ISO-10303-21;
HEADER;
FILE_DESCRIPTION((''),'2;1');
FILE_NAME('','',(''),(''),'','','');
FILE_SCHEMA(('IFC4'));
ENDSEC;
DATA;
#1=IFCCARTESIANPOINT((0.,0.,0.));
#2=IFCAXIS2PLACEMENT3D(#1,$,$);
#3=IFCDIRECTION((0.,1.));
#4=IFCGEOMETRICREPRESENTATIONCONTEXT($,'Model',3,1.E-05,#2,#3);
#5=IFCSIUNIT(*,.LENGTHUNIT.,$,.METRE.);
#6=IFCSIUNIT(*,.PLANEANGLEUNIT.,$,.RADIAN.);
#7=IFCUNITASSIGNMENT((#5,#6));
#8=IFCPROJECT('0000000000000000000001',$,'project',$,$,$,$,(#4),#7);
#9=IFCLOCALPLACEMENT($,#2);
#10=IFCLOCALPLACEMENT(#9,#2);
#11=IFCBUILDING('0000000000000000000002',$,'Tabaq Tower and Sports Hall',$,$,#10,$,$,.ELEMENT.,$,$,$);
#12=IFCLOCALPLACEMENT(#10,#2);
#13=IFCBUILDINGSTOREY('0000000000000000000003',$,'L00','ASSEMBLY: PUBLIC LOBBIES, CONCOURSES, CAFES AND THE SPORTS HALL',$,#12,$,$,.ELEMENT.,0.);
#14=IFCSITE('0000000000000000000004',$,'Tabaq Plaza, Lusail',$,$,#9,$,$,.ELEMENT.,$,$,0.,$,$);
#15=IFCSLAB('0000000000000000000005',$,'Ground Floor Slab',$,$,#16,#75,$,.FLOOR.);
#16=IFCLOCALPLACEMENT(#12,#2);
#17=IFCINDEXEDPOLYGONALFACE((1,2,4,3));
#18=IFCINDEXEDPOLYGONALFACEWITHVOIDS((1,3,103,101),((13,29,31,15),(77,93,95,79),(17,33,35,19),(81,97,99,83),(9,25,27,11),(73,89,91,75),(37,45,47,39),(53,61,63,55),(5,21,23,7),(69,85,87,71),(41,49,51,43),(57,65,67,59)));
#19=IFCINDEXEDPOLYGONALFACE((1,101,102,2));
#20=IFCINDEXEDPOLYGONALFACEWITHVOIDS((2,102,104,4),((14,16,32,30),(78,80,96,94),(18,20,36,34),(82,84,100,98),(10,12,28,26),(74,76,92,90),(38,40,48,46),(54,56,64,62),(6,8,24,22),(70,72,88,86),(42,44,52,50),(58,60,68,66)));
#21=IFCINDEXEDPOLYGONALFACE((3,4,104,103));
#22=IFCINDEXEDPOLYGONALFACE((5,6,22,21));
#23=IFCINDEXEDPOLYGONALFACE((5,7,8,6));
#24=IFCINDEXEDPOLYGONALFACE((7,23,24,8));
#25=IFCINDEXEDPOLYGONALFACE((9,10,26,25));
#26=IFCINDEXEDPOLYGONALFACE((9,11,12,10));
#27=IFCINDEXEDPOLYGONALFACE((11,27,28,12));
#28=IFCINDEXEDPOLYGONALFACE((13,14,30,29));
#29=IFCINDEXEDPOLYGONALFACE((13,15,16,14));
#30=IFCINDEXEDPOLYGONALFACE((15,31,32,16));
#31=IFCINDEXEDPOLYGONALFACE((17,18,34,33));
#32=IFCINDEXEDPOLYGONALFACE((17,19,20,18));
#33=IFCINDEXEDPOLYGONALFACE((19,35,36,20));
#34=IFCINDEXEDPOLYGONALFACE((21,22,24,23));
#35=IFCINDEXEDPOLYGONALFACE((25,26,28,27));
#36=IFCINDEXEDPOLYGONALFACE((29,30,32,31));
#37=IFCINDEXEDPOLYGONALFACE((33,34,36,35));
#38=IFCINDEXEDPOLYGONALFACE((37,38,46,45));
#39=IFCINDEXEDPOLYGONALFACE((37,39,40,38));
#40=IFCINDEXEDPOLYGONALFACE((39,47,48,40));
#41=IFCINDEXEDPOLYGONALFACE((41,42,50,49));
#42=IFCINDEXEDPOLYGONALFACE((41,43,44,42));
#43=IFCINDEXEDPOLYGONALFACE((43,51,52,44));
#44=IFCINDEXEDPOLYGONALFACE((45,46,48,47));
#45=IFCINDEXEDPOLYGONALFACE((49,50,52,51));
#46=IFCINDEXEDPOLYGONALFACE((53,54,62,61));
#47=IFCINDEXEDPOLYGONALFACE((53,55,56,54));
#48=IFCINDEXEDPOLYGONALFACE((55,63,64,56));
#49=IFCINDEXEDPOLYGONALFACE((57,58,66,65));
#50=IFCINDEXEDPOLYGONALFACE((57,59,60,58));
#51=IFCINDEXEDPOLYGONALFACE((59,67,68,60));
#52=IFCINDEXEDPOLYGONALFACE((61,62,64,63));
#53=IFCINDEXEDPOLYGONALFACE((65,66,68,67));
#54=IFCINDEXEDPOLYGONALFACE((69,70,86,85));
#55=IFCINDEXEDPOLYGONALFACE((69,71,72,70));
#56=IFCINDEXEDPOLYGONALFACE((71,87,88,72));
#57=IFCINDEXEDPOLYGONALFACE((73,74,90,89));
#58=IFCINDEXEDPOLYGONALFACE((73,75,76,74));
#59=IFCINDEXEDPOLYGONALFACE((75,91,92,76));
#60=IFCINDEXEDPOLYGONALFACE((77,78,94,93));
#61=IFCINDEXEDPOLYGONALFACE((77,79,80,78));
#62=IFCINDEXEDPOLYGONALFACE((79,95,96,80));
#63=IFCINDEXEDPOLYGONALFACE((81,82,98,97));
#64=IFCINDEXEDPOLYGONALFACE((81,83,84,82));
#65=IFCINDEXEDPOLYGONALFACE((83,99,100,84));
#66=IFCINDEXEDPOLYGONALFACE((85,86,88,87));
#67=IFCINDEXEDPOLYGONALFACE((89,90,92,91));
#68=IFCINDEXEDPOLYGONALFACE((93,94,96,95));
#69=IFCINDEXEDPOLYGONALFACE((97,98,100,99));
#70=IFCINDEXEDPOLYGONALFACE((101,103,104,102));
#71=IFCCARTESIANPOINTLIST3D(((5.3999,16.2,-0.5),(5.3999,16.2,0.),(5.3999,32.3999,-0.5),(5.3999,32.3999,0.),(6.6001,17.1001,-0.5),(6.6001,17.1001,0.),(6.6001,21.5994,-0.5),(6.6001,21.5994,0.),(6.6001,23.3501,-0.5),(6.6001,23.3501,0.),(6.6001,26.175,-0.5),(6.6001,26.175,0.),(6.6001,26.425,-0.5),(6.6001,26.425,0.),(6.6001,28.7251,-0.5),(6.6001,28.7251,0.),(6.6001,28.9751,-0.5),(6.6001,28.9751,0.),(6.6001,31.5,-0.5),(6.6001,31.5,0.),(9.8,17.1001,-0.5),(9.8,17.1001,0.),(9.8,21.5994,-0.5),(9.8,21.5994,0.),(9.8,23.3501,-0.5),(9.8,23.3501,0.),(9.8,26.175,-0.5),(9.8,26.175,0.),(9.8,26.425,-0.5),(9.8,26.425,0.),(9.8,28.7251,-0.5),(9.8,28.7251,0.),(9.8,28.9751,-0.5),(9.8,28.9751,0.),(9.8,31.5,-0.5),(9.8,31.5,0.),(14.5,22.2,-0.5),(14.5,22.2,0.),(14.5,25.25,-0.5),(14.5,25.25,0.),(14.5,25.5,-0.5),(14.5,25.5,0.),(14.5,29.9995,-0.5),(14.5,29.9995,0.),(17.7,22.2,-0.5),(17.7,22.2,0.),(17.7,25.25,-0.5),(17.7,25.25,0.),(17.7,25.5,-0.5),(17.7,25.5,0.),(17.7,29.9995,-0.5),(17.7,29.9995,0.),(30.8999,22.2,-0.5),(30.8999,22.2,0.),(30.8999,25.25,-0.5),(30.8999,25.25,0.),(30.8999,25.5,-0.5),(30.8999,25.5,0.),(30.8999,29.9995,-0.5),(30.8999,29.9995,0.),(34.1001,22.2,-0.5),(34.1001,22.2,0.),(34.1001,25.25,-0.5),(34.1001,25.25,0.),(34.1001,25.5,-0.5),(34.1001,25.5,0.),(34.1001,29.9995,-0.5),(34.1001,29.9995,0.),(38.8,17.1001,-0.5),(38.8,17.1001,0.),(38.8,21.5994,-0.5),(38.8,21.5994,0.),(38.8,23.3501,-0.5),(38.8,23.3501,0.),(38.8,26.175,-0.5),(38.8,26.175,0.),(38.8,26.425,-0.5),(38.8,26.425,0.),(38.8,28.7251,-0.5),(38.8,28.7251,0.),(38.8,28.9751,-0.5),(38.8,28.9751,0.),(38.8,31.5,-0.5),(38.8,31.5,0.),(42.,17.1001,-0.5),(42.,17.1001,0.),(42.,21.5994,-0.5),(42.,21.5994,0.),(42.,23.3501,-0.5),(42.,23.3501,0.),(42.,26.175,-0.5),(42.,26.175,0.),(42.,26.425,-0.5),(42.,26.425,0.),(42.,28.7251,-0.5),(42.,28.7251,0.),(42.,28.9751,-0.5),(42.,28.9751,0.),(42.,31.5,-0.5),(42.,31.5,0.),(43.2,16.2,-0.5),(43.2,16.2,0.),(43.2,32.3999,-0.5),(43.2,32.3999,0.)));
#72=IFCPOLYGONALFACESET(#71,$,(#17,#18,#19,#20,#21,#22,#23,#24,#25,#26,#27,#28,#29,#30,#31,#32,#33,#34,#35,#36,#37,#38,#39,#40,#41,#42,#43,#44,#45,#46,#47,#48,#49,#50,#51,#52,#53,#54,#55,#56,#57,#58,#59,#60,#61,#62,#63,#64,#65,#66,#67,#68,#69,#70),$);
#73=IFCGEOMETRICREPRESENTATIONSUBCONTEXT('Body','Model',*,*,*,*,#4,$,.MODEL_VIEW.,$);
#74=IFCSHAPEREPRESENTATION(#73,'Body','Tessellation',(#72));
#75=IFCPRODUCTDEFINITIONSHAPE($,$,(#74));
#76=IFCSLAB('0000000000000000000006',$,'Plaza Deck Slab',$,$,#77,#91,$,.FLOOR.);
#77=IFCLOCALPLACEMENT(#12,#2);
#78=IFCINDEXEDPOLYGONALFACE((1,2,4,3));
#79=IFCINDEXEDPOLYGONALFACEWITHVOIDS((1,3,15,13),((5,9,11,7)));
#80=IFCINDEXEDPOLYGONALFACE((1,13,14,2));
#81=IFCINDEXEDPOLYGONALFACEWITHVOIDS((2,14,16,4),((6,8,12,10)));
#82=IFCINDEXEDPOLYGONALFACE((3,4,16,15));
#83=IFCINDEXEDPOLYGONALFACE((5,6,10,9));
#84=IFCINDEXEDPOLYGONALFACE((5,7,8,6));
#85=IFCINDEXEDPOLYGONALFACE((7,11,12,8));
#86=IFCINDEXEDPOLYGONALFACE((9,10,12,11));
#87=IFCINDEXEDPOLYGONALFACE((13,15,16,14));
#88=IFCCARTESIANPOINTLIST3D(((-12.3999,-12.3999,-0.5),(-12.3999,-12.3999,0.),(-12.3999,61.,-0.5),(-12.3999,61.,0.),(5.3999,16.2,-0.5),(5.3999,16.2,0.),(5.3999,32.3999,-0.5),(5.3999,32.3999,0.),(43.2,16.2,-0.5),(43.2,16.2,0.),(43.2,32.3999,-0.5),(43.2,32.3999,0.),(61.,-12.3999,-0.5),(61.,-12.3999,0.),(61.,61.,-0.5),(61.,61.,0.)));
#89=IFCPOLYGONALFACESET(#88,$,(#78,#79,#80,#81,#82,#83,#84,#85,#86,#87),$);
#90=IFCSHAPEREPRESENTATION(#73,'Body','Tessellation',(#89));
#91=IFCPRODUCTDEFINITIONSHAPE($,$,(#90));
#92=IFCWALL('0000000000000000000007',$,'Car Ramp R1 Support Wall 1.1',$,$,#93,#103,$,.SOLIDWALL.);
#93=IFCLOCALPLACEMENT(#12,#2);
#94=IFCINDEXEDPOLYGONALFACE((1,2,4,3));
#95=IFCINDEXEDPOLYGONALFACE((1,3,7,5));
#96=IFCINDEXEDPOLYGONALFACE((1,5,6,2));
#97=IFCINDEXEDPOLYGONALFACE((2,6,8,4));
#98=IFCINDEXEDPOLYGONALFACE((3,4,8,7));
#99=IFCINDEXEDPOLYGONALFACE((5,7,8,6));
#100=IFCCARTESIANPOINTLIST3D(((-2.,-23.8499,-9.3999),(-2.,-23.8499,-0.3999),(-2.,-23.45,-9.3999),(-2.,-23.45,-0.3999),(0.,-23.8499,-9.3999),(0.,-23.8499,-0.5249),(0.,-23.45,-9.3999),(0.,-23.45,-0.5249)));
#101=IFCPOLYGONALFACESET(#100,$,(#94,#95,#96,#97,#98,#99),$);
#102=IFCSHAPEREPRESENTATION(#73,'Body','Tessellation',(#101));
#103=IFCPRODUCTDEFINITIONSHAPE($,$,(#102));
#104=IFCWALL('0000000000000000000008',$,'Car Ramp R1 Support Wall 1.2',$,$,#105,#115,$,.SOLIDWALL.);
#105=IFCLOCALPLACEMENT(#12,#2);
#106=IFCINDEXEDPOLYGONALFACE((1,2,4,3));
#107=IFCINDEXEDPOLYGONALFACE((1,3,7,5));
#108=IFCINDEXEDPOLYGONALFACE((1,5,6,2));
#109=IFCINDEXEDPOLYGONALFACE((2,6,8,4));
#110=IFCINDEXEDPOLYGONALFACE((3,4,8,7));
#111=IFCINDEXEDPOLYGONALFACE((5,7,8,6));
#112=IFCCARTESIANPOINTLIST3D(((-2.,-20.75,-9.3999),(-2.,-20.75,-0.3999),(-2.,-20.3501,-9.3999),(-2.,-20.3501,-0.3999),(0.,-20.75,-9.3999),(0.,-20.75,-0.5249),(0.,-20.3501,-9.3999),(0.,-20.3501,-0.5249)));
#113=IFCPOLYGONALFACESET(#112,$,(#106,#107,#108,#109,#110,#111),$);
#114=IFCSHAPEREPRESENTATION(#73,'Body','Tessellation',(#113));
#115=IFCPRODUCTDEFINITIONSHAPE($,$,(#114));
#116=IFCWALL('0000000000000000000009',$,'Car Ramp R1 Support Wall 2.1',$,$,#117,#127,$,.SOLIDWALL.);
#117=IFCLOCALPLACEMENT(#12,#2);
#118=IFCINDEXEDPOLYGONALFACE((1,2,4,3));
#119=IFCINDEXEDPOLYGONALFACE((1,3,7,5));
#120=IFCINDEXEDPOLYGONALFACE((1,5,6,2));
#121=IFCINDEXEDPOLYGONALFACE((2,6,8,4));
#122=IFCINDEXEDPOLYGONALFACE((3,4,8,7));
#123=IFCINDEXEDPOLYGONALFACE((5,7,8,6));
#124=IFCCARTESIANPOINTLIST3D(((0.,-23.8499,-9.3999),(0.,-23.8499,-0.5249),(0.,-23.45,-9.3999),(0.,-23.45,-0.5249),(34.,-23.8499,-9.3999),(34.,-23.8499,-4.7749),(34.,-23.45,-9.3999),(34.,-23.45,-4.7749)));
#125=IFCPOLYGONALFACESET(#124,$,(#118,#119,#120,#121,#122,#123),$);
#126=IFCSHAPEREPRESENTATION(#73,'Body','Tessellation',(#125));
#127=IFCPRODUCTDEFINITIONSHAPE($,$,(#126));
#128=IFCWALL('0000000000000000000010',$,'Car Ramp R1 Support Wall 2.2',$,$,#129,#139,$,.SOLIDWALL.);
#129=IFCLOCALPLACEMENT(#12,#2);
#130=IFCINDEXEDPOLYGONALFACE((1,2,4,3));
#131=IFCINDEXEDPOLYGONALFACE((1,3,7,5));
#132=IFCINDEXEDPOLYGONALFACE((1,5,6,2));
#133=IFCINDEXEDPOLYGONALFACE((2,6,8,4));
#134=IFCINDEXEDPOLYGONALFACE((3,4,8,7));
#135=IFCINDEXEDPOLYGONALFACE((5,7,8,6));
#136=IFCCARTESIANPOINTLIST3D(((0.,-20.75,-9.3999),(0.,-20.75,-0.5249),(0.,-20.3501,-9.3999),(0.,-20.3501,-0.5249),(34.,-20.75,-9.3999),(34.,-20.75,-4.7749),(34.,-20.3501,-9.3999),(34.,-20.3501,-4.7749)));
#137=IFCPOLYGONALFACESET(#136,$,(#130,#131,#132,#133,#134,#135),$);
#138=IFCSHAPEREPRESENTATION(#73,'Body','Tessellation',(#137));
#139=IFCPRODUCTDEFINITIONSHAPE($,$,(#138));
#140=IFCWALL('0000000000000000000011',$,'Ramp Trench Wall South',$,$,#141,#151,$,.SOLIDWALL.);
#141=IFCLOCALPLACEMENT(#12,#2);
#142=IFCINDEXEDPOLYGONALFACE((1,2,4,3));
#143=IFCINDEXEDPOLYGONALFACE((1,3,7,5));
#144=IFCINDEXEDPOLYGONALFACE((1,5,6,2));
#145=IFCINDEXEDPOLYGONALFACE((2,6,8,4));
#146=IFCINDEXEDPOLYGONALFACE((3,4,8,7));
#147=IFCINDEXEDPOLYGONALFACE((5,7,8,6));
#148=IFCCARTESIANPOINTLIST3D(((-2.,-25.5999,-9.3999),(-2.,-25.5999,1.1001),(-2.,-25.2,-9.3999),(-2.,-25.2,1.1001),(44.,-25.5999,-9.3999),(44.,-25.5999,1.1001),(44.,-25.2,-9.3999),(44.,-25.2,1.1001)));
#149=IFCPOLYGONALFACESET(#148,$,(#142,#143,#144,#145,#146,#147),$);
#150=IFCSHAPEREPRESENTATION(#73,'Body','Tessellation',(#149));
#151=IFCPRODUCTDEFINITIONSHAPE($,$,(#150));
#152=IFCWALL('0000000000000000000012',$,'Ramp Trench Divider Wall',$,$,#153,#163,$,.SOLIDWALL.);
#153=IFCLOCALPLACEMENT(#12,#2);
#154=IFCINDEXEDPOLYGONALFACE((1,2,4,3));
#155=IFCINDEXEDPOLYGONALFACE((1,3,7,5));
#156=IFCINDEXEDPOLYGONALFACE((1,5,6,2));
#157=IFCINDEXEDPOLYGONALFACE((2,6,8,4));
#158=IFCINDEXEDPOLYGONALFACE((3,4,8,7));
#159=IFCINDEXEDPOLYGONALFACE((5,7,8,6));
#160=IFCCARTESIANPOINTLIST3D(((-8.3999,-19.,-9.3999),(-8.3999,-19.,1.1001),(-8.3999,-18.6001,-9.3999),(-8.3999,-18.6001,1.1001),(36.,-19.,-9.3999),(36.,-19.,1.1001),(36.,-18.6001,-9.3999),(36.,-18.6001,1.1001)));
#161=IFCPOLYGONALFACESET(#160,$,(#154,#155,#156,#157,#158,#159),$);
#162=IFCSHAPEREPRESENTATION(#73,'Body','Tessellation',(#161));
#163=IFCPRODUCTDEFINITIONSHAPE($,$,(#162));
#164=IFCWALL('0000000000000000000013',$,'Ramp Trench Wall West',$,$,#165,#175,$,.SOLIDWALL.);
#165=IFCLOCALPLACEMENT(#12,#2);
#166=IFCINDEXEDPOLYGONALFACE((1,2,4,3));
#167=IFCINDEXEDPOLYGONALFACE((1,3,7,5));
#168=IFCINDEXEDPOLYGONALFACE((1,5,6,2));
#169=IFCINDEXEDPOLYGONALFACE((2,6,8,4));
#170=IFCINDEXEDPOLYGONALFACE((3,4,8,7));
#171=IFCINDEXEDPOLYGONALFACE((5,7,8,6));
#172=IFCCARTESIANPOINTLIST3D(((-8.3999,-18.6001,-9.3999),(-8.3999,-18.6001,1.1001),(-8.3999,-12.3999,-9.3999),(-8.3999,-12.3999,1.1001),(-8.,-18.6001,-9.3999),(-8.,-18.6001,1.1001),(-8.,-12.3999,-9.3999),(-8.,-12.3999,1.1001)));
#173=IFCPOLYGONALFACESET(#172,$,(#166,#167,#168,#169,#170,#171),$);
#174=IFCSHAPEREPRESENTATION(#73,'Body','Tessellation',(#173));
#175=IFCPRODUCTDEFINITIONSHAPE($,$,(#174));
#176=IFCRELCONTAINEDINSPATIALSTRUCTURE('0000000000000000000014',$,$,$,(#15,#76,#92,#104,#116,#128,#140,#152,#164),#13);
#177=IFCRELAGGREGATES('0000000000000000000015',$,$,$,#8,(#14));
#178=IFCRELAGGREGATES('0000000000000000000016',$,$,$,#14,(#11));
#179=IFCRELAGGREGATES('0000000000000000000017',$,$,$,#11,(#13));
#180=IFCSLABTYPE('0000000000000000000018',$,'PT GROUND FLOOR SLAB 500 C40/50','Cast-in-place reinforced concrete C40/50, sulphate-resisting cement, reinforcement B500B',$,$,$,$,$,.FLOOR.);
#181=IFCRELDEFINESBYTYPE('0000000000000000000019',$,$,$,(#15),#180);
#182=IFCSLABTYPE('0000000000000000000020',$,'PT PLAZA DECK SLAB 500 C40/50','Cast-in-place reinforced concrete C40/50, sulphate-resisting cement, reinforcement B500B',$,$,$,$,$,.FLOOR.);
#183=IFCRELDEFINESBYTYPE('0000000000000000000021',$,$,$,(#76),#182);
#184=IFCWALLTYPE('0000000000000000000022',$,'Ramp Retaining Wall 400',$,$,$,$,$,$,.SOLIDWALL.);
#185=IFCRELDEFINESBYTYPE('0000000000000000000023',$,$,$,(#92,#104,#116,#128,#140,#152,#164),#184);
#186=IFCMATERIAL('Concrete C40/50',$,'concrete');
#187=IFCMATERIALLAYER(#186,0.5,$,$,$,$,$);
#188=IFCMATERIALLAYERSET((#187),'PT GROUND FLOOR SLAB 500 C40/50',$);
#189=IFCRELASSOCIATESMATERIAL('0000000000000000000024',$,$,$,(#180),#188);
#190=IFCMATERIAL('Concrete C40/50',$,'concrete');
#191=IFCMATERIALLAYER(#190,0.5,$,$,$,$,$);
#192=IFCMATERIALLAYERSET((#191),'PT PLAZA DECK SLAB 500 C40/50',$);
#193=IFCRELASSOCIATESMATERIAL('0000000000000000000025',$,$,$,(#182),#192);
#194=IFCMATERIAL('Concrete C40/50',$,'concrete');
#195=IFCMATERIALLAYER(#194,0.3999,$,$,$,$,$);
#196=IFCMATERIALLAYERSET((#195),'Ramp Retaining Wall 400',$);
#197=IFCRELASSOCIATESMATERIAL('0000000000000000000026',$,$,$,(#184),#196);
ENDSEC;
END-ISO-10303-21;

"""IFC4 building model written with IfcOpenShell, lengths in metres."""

from ifc_helpers import new_model, si_unit, direction, frame, frame_2d, origin, place, context, subcontext, project, spatial, polyline, rectangle, outline, extrude, material, layer, layer_set, type_object, element, save


model = new_model("IFC4")

# Units and contexts
model_context = context("Model", 3, precision=1e-05, world=origin(), true_north=direction((0.0, 1.0)))
body_context = subcontext(model_context, "Body", "Model", "MODEL_VIEW")
ifc_project = project(units=[si_unit("LENGTHUNIT", "METRE"), si_unit("PLANEANGLEUNIT", "RADIAN")], contexts=[model_context])

# Site, building, storey
site_placement = place(None, origin())
site = spatial("IfcSite", under=ifc_project, at=site_placement, Name="Tabaq Plaza, Lusail", CompositionType="ELEMENT", RefElevation=0.0)
building_placement = place(site_placement, origin())
building = spatial("IfcBuilding", under=site, at=building_placement, Name="Tabaq Tower and Sports Hall", CompositionType="ELEMENT")
storey_placement = place(building_placement, origin())
storey = spatial("IfcBuildingStorey", under=building, at=storey_placement, Name="L00", Description="ASSEMBLY: PUBLIC LOBBIES, CONCOURSES, CAFES AND THE SPORTS HALL", CompositionType="ELEMENT", Elevation=0.0)

# Slabs
ifc_material_1 = material(Name="Concrete C40/50", Category="concrete")
ifc_layer_1 = layer(ifc_material_1, 0.5)
ifc_layer_set_1 = layer_set([ifc_layer_1], Name="PT GROUND FLOOR SLAB 500 C40/50")
slab_type_1 = type_object("IfcSlabType", Name="PT GROUND FLOOR SLAB 500 C40/50", Description="Cast-in-place reinforced concrete C40/50, sulphate-resisting cement, reinforcement B500B", PredefinedType="FLOOR", material=ifc_layer_set_1)
slab_1_placement = place(storey_placement, frame((0.0, 0.0, -0.5)))
element("IfcSlab", 1, at=slab_1_placement, inside=storey, type_object=slab_type_1, Name="Ground Floor Slab", PredefinedType="FLOOR", context=body_context, shape_type="SweptSolid", body=[
    extrude(outline(polyline([(5.3999, 16.2), (43.2, 16.2), (43.2, 32.3999), (5.3999, 32.3999), (5.3999, 16.2)]), holes=[polyline([(9.8, 21.5994), (9.8, 17.1001), (6.6001, 17.1001), (6.6001, 21.5994), (9.8, 21.5994)]), polyline([(17.7, 22.2), (14.5, 22.2), (14.5, 25.25), (17.7, 25.25), (17.7, 22.2)]), polyline([(9.8, 23.3501), (6.6001, 23.3501), (6.6001, 26.175), (9.8, 26.175), (9.8, 23.3501)]), polyline([(9.8, 28.7251), (9.8, 26.425), (6.6001, 26.425), (6.6001, 28.7251), (9.8, 28.7251)]), polyline([(17.7, 25.5), (14.5, 25.5), (14.5, 29.9995), (17.7, 29.9995), (17.7, 25.5)]), polyline([(9.8, 28.9751), (6.6001, 28.9751), (6.6001, 31.5), (9.8, 31.5), (9.8, 28.9751)]), polyline([(42.0, 21.5994), (42.0, 17.1001), (38.8, 17.1001), (38.8, 21.5994), (42.0, 21.5994)]), polyline([(34.1001, 22.2), (30.8999, 22.2), (30.8999, 25.25), (34.1001, 25.25), (34.1001, 22.2)]), polyline([(42.0, 23.3501), (38.8, 23.3501), (38.8, 26.175), (42.0, 26.175), (42.0, 23.3501)]), polyline([(42.0, 28.7251), (42.0, 26.425), (38.8, 26.425), (38.8, 28.7251), (42.0, 28.7251)]), polyline([(34.1001, 25.5), (30.8999, 25.5), (30.8999, 29.9995), (34.1001, 29.9995), (34.1001, 25.5)]), polyline([(42.0, 28.9751), (38.8, 28.9751), (38.8, 31.5), (42.0, 31.5), (42.0, 28.9751)])]), origin(), (0.0, 0.0, 1.0), 0.5),
])
ifc_material_2 = material(Name="Concrete C40/50", Category="concrete")
ifc_layer_2 = layer(ifc_material_2, 0.5)
ifc_layer_set_2 = layer_set([ifc_layer_2], Name="PT PLAZA DECK SLAB 500 C40/50")
slab_type_2 = type_object("IfcSlabType", Name="PT PLAZA DECK SLAB 500 C40/50", Description="Cast-in-place reinforced concrete C40/50, sulphate-resisting cement, reinforcement B500B", PredefinedType="FLOOR", material=ifc_layer_set_2)
slab_2_placement = place(storey_placement, frame((0.0, 0.0, -0.5)))
element("IfcSlab", 2, at=slab_2_placement, inside=storey, type_object=slab_type_2, Name="Plaza Deck Slab", PredefinedType="FLOOR", context=body_context, shape_type="SweptSolid", body=[
    extrude(outline(polyline([(-12.3999, 61.0), (-12.3999, -12.3999), (61.0, -12.3999), (61.0, 61.0), (-12.3999, 61.0)]), holes=[polyline([(5.3999, 32.3999), (43.2, 32.3999), (43.2, 16.2), (5.3999, 16.2), (5.3999, 32.3999)])]), origin(), (0.0, 0.0, 1.0), 0.5),
])

# Walls
ifc_material_3 = material(Name="Concrete C40/50", Category="concrete")
ifc_layer_3 = layer(ifc_material_3, 0.3999)
ifc_layer_set_3 = layer_set([ifc_layer_3], Name="Ramp Retaining Wall 400")
wall_type = type_object("IfcWallType", Name="Ramp Retaining Wall 400", PredefinedType="SOLIDWALL", material=ifc_layer_set_3)
for number, where, z_axis, x_axis, name in (
    (3, (-2.0, -23.6499, -9.3999), (0.0, 0.0, 1.0), (1.0, 0.0, 0.0), "Car Ramp R1 Support Wall 1.1"),
    (4, (-2.0, -20.55, -9.3999), (0.0, 0.0, 1.0), (1.0, 0.0, 0.0), "Car Ramp R1 Support Wall 1.2"),
):
    element("IfcWall", number, at=place(storey_placement, frame(where, z_axis=z_axis, x_axis=x_axis)), inside=storey, type_object=wall_type, Name=name, PredefinedType="SOLIDWALL", context=body_context, shape_type="SweptSolid", body=[
        extrude(outline(polyline([(0.0, 0.0), (2.0, 0.0), (2.0, 8.875), (0.0, 9.0), (0.0, 0.0)])), frame((0.0, 0.2, 0.0), z_axis=(0.0, -1.0, 0.0), x_axis=(1.0, 0.0, 0.0)), (0.0, 0.0, 1.0), 0.3999),
    ])
for number, where, z_axis, x_axis, name in (
    (5, (0.0, -23.6499, -9.3999), (0.0, 0.0, 1.0), (1.0, 0.0, 0.0), "Car Ramp R1 Support Wall 2.1"),
    (6, (0.0, -20.55, -9.3999), (0.0, 0.0, 1.0), (1.0, 0.0, 0.0), "Car Ramp R1 Support Wall 2.2"),
):
    element("IfcWall", number, at=place(storey_placement, frame(where, z_axis=z_axis, x_axis=x_axis)), inside=storey, type_object=wall_type, Name=name, PredefinedType="SOLIDWALL", context=body_context, shape_type="SweptSolid", body=[
        extrude(outline(polyline([(0.0, 0.0), (34.0, 0.0), (34.0, 4.625), (0.0, 8.875), (0.0, 0.0)])), frame((0.0, 0.2, 0.0), z_axis=(0.0, -1.0, 0.0), x_axis=(1.0, 0.0, 0.0)), (0.0, 0.0, 1.0), 0.3999),
    ])
wall_1_placement = place(storey_placement, frame((-2.0, -25.3999, -9.3999), z_axis=(0.0, 0.0, 1.0), x_axis=(1.0, 0.0, 0.0)))
element("IfcWall", 7, at=wall_1_placement, inside=storey, type_object=wall_type, Name="Ramp Trench Wall South", PredefinedType="SOLIDWALL", context=body_context, shape_type="SweptSolid", body=[
    extrude(rectangle(XDim=46.0, YDim=0.3999, at=frame_2d((23.0, 0.0))), origin(), (0.0, 0.0, 1.0), 10.5),
])
wall_2_placement = place(storey_placement, frame((-8.3999, -18.8, -9.3999), z_axis=(0.0, 0.0, 1.0), x_axis=(1.0, 0.0, 0.0)))
element("IfcWall", 8, at=wall_2_placement, inside=storey, type_object=wall_type, Name="Ramp Trench Divider Wall", PredefinedType="SOLIDWALL", context=body_context, shape_type="SweptSolid", body=[
    extrude(rectangle(XDim=44.3999, YDim=0.3999, at=frame_2d((22.2, 0.0))), origin(), (0.0, 0.0, 1.0), 10.5),
])
wall_3_placement = place(storey_placement, frame((-8.2, -18.6001, -9.3999), z_axis=(0.0, 0.0, 1.0), x_axis=(0.0, 1.0, 0.0)))
element("IfcWall", 9, at=wall_3_placement, inside=storey, type_object=wall_type, Name="Ramp Trench Wall West", PredefinedType="SOLIDWALL", context=body_context, shape_type="SweptSolid", body=[
    extrude(rectangle(XDim=6.2002, YDim=0.3999, at=frame_2d((3.1001, 0.0))), origin(), (0.0, 0.0, 1.0), 10.5),
])

save(model, "model.ifc")
